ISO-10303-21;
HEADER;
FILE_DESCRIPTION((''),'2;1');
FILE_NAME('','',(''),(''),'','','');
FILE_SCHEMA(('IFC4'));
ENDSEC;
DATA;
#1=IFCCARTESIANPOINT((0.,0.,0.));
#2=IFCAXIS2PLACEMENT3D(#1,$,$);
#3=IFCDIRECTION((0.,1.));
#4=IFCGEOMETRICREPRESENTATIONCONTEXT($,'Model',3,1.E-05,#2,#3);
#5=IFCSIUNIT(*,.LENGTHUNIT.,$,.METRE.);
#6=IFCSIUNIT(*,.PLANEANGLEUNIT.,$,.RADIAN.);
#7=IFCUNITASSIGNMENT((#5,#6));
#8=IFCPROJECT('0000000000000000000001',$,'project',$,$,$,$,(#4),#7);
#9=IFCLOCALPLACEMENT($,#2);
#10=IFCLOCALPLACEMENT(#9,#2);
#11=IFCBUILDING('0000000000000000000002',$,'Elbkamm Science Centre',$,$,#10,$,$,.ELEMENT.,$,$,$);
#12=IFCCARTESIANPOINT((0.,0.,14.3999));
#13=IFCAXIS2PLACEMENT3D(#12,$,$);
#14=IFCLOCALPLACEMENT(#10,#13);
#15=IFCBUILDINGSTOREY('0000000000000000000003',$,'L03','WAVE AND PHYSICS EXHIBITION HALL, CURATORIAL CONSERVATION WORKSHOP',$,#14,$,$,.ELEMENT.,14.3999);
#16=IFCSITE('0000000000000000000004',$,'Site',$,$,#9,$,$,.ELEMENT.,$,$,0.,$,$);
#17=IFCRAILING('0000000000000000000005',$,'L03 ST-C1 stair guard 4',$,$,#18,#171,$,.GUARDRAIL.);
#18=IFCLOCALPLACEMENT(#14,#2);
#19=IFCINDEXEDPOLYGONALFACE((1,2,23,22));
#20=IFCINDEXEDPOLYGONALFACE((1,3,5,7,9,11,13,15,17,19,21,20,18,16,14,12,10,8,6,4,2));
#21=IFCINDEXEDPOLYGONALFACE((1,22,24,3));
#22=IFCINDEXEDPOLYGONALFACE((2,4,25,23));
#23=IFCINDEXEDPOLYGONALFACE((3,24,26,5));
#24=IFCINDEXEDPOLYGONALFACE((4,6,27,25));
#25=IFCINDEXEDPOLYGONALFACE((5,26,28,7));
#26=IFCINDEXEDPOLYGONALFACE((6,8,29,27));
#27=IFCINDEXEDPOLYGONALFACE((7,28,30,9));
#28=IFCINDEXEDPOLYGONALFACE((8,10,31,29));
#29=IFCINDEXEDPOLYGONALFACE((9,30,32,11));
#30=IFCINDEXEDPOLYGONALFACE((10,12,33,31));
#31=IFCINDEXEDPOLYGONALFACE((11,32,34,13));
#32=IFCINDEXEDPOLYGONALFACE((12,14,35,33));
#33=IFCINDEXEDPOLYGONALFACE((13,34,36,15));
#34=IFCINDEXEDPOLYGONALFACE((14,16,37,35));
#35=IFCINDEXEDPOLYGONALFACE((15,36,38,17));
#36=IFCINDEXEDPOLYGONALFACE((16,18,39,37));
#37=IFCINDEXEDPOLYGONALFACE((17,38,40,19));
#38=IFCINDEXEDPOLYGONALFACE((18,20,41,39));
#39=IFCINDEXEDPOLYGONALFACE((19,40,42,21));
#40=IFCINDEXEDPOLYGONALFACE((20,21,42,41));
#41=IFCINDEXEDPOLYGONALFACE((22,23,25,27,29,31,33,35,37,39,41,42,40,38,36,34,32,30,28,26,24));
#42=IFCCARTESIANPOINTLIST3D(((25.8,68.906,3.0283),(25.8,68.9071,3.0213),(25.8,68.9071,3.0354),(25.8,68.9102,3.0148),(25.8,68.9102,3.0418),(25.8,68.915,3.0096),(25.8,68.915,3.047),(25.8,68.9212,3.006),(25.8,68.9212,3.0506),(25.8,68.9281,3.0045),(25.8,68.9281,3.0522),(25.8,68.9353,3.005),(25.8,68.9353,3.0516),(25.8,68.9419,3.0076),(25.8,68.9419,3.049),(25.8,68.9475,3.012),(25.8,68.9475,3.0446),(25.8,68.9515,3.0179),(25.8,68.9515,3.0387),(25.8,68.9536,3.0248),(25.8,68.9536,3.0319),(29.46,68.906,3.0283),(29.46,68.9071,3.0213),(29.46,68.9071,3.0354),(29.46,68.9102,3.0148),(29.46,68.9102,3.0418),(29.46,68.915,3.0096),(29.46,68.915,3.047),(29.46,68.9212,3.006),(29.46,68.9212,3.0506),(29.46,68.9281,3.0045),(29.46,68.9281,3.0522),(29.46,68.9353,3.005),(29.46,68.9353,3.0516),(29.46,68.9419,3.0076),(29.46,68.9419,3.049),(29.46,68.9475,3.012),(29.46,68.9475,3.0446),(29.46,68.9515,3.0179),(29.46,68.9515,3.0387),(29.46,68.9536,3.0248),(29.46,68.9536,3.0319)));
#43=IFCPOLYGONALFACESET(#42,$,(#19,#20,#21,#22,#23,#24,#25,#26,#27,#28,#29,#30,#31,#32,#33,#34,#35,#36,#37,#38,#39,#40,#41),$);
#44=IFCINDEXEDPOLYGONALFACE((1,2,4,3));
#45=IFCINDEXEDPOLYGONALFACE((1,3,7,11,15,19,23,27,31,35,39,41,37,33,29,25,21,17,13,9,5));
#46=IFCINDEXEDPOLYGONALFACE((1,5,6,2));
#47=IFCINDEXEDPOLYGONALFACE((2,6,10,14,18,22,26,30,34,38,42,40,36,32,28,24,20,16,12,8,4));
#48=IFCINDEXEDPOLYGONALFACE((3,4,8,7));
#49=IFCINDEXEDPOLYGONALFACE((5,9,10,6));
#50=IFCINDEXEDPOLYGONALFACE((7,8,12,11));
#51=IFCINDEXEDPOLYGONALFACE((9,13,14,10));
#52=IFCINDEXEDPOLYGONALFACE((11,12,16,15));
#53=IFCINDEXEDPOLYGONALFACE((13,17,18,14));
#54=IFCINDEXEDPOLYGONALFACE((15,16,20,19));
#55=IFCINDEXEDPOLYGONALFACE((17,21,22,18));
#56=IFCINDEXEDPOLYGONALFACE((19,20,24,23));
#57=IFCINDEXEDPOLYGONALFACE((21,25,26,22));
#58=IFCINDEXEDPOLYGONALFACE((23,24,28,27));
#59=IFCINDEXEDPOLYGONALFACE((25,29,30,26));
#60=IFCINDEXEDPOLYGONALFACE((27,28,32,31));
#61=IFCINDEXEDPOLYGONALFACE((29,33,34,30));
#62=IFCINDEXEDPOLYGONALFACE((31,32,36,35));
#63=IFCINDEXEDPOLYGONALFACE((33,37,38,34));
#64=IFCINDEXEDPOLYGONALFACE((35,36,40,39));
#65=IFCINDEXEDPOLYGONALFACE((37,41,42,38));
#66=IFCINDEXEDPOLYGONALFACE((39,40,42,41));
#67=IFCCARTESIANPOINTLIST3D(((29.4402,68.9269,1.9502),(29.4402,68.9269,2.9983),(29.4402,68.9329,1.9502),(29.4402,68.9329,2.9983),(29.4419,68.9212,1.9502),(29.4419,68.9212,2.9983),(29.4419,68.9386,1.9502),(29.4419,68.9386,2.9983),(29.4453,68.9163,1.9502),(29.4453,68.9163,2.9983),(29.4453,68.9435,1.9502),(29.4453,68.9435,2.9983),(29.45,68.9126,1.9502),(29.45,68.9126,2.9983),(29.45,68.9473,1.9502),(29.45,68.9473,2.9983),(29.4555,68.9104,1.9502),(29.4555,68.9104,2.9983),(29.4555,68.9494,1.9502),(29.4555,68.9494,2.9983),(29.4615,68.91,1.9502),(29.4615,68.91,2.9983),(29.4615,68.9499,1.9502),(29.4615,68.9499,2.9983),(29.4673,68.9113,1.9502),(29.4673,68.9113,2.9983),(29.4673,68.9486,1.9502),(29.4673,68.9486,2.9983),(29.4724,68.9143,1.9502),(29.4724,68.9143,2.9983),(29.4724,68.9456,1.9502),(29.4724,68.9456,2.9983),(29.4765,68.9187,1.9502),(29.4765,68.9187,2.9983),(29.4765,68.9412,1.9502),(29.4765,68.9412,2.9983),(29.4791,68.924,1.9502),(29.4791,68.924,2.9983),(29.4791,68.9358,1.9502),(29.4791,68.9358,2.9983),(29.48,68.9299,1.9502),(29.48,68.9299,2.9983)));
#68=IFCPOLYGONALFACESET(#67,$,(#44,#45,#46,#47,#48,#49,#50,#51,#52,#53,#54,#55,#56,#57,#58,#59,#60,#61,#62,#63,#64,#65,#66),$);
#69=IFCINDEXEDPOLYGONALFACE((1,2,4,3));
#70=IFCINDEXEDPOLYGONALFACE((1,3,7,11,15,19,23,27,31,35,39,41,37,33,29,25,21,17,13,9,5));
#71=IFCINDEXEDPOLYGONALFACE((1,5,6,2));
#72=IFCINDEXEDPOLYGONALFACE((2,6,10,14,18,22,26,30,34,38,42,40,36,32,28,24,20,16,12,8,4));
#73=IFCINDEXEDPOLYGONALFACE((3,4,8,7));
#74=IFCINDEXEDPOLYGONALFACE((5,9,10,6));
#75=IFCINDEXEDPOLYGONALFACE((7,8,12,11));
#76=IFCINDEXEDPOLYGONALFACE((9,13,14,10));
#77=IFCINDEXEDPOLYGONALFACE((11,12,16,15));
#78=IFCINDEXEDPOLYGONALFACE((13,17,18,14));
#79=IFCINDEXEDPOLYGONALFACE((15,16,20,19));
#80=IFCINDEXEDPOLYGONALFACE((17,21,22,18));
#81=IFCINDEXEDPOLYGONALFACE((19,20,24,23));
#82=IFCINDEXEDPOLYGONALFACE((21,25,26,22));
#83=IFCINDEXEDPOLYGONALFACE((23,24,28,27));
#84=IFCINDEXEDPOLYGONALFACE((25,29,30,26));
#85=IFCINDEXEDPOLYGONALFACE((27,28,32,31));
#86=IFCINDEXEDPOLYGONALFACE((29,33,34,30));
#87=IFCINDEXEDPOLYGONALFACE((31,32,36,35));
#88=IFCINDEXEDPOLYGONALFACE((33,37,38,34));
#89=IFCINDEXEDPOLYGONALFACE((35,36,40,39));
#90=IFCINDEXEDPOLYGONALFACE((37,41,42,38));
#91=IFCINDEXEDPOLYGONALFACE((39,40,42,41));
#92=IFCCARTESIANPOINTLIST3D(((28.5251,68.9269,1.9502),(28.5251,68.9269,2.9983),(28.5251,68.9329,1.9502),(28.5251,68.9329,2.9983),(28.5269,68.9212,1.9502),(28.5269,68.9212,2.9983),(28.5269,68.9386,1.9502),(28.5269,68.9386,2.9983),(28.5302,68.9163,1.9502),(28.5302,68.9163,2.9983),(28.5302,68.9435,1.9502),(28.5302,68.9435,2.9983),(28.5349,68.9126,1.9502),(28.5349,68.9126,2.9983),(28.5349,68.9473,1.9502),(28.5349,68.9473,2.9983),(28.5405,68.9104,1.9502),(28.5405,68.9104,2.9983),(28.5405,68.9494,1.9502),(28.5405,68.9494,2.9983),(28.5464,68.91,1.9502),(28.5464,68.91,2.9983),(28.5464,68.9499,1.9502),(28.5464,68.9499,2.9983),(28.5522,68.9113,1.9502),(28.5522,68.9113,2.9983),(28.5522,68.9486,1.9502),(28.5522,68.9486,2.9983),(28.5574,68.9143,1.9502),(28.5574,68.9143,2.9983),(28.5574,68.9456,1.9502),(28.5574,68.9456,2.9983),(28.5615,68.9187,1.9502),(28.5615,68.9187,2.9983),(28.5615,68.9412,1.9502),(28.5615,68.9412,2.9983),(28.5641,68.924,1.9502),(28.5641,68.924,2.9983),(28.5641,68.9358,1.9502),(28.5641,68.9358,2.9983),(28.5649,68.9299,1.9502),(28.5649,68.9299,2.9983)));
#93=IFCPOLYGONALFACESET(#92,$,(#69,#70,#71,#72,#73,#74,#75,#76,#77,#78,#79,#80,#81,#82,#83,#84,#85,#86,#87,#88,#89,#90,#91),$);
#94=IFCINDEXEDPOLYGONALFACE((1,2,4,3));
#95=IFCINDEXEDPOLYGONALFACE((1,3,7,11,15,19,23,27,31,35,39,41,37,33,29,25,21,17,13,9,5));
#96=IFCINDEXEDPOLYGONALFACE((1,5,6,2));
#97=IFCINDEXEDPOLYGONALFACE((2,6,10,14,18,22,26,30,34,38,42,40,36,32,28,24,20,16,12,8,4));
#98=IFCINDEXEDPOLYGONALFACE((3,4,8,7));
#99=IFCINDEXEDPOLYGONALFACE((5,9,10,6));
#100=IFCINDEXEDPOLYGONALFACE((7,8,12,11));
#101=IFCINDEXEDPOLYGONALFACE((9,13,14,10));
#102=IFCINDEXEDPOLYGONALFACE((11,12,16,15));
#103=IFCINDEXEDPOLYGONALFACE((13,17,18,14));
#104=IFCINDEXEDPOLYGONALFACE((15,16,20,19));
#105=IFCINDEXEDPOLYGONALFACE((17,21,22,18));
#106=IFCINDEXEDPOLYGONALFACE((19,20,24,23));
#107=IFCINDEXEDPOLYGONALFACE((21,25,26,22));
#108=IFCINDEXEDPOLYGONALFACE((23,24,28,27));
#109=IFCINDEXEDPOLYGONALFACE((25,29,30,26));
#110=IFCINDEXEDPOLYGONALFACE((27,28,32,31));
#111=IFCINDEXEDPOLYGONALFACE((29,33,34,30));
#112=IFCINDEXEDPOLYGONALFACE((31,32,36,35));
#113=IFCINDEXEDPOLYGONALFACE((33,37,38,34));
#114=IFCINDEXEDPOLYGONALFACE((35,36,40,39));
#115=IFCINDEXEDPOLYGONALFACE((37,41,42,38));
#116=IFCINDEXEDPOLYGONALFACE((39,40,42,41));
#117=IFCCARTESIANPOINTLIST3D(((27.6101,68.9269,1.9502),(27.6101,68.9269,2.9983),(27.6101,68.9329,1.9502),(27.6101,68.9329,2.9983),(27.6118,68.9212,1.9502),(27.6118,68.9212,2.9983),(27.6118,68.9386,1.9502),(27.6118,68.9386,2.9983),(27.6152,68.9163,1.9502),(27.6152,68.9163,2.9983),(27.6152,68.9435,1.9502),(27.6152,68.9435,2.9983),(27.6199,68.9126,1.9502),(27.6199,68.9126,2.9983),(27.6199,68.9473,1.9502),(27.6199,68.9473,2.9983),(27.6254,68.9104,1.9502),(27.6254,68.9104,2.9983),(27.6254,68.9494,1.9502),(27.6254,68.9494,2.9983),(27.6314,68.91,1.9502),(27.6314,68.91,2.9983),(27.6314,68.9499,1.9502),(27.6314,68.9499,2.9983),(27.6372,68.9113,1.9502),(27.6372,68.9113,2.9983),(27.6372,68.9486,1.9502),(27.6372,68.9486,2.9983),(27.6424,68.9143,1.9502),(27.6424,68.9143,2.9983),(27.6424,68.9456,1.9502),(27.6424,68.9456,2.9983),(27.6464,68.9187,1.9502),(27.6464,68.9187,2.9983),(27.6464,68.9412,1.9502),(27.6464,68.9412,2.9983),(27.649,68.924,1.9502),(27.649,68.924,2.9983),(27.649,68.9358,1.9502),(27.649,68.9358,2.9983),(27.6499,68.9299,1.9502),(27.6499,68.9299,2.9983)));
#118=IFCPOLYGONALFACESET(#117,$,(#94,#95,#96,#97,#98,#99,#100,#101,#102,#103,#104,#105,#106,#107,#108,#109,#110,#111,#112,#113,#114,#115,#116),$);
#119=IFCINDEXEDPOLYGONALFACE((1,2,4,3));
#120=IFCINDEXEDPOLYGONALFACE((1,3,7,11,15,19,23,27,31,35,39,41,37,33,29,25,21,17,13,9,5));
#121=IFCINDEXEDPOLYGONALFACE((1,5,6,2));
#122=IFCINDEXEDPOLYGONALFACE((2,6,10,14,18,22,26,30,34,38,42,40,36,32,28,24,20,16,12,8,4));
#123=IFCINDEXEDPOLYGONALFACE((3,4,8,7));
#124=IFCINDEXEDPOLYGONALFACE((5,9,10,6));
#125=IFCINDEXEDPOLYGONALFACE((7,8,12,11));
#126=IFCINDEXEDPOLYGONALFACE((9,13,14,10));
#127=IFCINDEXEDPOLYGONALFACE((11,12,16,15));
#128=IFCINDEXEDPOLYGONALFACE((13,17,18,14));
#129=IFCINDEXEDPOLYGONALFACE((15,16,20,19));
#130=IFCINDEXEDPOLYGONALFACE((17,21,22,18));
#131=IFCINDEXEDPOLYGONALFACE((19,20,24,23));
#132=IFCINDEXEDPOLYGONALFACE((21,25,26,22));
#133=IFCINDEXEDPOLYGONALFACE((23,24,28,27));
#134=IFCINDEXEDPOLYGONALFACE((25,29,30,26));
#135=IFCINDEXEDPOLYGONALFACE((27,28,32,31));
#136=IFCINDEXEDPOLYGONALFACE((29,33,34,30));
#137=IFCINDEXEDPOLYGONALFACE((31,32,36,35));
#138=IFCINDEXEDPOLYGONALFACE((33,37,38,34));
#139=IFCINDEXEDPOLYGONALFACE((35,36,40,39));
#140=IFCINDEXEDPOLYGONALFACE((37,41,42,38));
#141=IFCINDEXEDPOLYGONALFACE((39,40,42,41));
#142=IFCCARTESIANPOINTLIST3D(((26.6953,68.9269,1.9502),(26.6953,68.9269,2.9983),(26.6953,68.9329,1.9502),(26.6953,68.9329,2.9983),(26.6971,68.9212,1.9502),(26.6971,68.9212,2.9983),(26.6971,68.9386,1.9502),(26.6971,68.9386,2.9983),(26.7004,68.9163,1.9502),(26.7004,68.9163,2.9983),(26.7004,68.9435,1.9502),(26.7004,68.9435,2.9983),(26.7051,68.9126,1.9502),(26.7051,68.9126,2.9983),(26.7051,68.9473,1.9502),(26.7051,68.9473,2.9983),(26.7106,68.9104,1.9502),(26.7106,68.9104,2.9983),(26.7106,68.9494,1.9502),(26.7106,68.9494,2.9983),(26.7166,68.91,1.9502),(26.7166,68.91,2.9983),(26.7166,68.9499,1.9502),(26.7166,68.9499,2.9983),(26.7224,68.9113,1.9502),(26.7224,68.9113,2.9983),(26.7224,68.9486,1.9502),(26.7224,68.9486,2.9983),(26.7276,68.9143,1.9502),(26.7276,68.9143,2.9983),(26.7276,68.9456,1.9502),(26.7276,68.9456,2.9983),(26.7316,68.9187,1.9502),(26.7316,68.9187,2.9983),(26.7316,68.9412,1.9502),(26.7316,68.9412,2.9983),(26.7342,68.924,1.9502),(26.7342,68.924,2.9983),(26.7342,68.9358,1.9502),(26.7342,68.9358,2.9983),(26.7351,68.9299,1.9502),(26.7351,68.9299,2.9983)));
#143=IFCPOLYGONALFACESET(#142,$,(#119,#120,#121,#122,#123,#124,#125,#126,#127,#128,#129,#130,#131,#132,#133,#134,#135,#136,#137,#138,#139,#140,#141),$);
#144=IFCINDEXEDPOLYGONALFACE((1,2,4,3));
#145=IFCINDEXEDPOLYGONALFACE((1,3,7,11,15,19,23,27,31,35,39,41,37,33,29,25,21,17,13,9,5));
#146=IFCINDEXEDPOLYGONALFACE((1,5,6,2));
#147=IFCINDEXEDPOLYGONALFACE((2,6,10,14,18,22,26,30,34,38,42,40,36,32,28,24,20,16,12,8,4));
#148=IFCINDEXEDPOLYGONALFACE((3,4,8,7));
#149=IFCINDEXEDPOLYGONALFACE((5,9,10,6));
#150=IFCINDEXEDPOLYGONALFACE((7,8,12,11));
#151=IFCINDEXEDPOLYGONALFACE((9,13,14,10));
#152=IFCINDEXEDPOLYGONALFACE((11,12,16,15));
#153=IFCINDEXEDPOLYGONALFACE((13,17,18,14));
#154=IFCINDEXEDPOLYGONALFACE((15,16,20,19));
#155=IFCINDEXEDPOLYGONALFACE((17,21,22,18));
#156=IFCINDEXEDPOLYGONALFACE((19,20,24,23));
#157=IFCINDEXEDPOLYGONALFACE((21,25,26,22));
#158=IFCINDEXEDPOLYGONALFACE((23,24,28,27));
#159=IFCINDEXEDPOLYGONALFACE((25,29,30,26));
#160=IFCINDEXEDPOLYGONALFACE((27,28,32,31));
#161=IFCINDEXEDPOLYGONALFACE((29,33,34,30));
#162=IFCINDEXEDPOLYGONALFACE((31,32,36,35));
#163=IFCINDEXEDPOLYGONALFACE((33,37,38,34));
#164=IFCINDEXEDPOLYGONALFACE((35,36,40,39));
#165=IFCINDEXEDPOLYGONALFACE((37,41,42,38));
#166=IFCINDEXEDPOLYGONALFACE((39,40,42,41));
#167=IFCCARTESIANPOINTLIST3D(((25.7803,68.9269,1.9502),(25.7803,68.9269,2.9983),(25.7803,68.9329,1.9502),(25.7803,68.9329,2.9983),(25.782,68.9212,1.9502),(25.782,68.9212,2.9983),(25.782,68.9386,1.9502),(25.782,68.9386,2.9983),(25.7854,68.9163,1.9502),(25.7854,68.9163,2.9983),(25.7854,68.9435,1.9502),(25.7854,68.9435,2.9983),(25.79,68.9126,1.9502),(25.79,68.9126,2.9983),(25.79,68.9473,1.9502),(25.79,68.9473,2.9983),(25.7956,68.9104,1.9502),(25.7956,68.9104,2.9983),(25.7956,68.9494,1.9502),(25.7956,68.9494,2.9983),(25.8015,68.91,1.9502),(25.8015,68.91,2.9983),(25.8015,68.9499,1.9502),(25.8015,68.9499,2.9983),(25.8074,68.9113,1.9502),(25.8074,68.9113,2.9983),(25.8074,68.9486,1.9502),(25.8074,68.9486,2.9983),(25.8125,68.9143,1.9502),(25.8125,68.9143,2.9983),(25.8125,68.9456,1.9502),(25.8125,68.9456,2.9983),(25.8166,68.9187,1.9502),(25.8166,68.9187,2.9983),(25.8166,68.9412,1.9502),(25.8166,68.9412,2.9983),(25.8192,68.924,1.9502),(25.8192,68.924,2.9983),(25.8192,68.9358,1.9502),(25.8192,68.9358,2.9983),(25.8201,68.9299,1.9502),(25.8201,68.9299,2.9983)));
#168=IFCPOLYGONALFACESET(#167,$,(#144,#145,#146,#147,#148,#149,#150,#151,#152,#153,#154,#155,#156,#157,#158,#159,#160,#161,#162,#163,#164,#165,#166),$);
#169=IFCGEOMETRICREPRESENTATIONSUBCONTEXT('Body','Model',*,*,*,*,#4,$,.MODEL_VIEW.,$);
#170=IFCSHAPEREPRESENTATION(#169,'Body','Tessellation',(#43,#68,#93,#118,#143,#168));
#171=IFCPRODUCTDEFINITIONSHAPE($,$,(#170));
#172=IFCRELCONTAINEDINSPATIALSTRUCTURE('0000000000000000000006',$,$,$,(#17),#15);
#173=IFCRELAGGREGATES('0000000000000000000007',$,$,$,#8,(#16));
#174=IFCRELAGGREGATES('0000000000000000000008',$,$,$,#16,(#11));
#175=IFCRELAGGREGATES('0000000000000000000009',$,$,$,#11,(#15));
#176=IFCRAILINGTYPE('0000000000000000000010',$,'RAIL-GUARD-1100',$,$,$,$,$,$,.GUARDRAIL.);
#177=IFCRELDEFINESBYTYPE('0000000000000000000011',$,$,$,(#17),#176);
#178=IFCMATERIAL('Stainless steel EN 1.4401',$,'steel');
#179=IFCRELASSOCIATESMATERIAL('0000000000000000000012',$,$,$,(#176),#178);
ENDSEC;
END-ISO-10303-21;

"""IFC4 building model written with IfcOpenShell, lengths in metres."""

from ifc_helpers import new_model, si_unit, direction, frame, origin, origin_2d, place, context, subcontext, project, spatial, circle, extrude, material, type_object, element, save


model = new_model("IFC4")

# Units and contexts
model_context = context("Model", 3, precision=1e-05, world=origin(), true_north=direction((0.0, 1.0)))
body_context = subcontext(model_context, "Body", "Model", "MODEL_VIEW")
ifc_project = project(units=[si_unit("LENGTHUNIT", "METRE"), si_unit("PLANEANGLEUNIT", "RADIAN")], contexts=[model_context])

# Site, building, storey
site_placement = place(None, origin())
site = spatial("IfcSite", under=ifc_project, at=site_placement, Name="Site", CompositionType="ELEMENT", RefElevation=0.0)
building_placement = place(site_placement, origin())
building = spatial("IfcBuilding", under=site, at=building_placement, Name="Elbkamm Science Centre", CompositionType="ELEMENT")
storey_placement = place(building_placement, frame((0.0, 0.0, 14.3999)))
storey = spatial("IfcBuildingStorey", under=building, at=storey_placement, Name="L03", Description="WAVE AND PHYSICS EXHIBITION HALL, CURATORIAL CONSERVATION WORKSHOP", CompositionType="ELEMENT", Elevation=14.3999)

# Railing
ifc_material_1 = material(Name="Stainless steel EN 1.4401", Category="steel")
railing_type_1 = type_object("IfcRailingType", Name="RAIL-GUARD-1100", PredefinedType="GUARDRAIL", material=ifc_material_1)
for number, where, name in (
    (1, (29.46, 68.9299, 1.9502), "L03 ST-C1 stair guard 4"),
):
    element("IfcRailing", number, at=place(storey_placement, frame(where)), inside=storey, type_object=railing_type_1, Name=name, PredefinedType="GUARDRAIL", context=body_context, shape_type="SweptSolid", body=[
        extrude(circle(Radius=0.0239, at=origin_2d()), frame((0.0, 0.0, 1.0781), z_axis=(-1.0, 0.0, 0.0), x_axis=(0.0, -1.0, 0.0)), (0.0, 0.0, 1.0), 3.6599),
        extrude(circle(Radius=0.02, at=origin_2d()), origin(), (0.0, 0.0, 1.0), 1.0481),
        extrude(circle(Radius=0.02, at=origin_2d()), frame((-0.915, 0.0, 0.0)), (0.0, 0.0, 1.0), 1.0481),
        extrude(circle(Radius=0.02, at=origin_2d()), frame((-1.8301, 0.0, 0.0)), (0.0, 0.0, 1.0), 1.0481),
        extrude(circle(Radius=0.02, at=origin_2d()), frame((-2.7449, 0.0, 0.0)), (0.0, 0.0, 1.0), 1.0481),
        extrude(circle(Radius=0.02, at=origin_2d()), frame((-3.6599, 0.0, 0.0)), (0.0, 0.0, 1.0), 1.0481),
    ])

save(model, "model.ifc")
